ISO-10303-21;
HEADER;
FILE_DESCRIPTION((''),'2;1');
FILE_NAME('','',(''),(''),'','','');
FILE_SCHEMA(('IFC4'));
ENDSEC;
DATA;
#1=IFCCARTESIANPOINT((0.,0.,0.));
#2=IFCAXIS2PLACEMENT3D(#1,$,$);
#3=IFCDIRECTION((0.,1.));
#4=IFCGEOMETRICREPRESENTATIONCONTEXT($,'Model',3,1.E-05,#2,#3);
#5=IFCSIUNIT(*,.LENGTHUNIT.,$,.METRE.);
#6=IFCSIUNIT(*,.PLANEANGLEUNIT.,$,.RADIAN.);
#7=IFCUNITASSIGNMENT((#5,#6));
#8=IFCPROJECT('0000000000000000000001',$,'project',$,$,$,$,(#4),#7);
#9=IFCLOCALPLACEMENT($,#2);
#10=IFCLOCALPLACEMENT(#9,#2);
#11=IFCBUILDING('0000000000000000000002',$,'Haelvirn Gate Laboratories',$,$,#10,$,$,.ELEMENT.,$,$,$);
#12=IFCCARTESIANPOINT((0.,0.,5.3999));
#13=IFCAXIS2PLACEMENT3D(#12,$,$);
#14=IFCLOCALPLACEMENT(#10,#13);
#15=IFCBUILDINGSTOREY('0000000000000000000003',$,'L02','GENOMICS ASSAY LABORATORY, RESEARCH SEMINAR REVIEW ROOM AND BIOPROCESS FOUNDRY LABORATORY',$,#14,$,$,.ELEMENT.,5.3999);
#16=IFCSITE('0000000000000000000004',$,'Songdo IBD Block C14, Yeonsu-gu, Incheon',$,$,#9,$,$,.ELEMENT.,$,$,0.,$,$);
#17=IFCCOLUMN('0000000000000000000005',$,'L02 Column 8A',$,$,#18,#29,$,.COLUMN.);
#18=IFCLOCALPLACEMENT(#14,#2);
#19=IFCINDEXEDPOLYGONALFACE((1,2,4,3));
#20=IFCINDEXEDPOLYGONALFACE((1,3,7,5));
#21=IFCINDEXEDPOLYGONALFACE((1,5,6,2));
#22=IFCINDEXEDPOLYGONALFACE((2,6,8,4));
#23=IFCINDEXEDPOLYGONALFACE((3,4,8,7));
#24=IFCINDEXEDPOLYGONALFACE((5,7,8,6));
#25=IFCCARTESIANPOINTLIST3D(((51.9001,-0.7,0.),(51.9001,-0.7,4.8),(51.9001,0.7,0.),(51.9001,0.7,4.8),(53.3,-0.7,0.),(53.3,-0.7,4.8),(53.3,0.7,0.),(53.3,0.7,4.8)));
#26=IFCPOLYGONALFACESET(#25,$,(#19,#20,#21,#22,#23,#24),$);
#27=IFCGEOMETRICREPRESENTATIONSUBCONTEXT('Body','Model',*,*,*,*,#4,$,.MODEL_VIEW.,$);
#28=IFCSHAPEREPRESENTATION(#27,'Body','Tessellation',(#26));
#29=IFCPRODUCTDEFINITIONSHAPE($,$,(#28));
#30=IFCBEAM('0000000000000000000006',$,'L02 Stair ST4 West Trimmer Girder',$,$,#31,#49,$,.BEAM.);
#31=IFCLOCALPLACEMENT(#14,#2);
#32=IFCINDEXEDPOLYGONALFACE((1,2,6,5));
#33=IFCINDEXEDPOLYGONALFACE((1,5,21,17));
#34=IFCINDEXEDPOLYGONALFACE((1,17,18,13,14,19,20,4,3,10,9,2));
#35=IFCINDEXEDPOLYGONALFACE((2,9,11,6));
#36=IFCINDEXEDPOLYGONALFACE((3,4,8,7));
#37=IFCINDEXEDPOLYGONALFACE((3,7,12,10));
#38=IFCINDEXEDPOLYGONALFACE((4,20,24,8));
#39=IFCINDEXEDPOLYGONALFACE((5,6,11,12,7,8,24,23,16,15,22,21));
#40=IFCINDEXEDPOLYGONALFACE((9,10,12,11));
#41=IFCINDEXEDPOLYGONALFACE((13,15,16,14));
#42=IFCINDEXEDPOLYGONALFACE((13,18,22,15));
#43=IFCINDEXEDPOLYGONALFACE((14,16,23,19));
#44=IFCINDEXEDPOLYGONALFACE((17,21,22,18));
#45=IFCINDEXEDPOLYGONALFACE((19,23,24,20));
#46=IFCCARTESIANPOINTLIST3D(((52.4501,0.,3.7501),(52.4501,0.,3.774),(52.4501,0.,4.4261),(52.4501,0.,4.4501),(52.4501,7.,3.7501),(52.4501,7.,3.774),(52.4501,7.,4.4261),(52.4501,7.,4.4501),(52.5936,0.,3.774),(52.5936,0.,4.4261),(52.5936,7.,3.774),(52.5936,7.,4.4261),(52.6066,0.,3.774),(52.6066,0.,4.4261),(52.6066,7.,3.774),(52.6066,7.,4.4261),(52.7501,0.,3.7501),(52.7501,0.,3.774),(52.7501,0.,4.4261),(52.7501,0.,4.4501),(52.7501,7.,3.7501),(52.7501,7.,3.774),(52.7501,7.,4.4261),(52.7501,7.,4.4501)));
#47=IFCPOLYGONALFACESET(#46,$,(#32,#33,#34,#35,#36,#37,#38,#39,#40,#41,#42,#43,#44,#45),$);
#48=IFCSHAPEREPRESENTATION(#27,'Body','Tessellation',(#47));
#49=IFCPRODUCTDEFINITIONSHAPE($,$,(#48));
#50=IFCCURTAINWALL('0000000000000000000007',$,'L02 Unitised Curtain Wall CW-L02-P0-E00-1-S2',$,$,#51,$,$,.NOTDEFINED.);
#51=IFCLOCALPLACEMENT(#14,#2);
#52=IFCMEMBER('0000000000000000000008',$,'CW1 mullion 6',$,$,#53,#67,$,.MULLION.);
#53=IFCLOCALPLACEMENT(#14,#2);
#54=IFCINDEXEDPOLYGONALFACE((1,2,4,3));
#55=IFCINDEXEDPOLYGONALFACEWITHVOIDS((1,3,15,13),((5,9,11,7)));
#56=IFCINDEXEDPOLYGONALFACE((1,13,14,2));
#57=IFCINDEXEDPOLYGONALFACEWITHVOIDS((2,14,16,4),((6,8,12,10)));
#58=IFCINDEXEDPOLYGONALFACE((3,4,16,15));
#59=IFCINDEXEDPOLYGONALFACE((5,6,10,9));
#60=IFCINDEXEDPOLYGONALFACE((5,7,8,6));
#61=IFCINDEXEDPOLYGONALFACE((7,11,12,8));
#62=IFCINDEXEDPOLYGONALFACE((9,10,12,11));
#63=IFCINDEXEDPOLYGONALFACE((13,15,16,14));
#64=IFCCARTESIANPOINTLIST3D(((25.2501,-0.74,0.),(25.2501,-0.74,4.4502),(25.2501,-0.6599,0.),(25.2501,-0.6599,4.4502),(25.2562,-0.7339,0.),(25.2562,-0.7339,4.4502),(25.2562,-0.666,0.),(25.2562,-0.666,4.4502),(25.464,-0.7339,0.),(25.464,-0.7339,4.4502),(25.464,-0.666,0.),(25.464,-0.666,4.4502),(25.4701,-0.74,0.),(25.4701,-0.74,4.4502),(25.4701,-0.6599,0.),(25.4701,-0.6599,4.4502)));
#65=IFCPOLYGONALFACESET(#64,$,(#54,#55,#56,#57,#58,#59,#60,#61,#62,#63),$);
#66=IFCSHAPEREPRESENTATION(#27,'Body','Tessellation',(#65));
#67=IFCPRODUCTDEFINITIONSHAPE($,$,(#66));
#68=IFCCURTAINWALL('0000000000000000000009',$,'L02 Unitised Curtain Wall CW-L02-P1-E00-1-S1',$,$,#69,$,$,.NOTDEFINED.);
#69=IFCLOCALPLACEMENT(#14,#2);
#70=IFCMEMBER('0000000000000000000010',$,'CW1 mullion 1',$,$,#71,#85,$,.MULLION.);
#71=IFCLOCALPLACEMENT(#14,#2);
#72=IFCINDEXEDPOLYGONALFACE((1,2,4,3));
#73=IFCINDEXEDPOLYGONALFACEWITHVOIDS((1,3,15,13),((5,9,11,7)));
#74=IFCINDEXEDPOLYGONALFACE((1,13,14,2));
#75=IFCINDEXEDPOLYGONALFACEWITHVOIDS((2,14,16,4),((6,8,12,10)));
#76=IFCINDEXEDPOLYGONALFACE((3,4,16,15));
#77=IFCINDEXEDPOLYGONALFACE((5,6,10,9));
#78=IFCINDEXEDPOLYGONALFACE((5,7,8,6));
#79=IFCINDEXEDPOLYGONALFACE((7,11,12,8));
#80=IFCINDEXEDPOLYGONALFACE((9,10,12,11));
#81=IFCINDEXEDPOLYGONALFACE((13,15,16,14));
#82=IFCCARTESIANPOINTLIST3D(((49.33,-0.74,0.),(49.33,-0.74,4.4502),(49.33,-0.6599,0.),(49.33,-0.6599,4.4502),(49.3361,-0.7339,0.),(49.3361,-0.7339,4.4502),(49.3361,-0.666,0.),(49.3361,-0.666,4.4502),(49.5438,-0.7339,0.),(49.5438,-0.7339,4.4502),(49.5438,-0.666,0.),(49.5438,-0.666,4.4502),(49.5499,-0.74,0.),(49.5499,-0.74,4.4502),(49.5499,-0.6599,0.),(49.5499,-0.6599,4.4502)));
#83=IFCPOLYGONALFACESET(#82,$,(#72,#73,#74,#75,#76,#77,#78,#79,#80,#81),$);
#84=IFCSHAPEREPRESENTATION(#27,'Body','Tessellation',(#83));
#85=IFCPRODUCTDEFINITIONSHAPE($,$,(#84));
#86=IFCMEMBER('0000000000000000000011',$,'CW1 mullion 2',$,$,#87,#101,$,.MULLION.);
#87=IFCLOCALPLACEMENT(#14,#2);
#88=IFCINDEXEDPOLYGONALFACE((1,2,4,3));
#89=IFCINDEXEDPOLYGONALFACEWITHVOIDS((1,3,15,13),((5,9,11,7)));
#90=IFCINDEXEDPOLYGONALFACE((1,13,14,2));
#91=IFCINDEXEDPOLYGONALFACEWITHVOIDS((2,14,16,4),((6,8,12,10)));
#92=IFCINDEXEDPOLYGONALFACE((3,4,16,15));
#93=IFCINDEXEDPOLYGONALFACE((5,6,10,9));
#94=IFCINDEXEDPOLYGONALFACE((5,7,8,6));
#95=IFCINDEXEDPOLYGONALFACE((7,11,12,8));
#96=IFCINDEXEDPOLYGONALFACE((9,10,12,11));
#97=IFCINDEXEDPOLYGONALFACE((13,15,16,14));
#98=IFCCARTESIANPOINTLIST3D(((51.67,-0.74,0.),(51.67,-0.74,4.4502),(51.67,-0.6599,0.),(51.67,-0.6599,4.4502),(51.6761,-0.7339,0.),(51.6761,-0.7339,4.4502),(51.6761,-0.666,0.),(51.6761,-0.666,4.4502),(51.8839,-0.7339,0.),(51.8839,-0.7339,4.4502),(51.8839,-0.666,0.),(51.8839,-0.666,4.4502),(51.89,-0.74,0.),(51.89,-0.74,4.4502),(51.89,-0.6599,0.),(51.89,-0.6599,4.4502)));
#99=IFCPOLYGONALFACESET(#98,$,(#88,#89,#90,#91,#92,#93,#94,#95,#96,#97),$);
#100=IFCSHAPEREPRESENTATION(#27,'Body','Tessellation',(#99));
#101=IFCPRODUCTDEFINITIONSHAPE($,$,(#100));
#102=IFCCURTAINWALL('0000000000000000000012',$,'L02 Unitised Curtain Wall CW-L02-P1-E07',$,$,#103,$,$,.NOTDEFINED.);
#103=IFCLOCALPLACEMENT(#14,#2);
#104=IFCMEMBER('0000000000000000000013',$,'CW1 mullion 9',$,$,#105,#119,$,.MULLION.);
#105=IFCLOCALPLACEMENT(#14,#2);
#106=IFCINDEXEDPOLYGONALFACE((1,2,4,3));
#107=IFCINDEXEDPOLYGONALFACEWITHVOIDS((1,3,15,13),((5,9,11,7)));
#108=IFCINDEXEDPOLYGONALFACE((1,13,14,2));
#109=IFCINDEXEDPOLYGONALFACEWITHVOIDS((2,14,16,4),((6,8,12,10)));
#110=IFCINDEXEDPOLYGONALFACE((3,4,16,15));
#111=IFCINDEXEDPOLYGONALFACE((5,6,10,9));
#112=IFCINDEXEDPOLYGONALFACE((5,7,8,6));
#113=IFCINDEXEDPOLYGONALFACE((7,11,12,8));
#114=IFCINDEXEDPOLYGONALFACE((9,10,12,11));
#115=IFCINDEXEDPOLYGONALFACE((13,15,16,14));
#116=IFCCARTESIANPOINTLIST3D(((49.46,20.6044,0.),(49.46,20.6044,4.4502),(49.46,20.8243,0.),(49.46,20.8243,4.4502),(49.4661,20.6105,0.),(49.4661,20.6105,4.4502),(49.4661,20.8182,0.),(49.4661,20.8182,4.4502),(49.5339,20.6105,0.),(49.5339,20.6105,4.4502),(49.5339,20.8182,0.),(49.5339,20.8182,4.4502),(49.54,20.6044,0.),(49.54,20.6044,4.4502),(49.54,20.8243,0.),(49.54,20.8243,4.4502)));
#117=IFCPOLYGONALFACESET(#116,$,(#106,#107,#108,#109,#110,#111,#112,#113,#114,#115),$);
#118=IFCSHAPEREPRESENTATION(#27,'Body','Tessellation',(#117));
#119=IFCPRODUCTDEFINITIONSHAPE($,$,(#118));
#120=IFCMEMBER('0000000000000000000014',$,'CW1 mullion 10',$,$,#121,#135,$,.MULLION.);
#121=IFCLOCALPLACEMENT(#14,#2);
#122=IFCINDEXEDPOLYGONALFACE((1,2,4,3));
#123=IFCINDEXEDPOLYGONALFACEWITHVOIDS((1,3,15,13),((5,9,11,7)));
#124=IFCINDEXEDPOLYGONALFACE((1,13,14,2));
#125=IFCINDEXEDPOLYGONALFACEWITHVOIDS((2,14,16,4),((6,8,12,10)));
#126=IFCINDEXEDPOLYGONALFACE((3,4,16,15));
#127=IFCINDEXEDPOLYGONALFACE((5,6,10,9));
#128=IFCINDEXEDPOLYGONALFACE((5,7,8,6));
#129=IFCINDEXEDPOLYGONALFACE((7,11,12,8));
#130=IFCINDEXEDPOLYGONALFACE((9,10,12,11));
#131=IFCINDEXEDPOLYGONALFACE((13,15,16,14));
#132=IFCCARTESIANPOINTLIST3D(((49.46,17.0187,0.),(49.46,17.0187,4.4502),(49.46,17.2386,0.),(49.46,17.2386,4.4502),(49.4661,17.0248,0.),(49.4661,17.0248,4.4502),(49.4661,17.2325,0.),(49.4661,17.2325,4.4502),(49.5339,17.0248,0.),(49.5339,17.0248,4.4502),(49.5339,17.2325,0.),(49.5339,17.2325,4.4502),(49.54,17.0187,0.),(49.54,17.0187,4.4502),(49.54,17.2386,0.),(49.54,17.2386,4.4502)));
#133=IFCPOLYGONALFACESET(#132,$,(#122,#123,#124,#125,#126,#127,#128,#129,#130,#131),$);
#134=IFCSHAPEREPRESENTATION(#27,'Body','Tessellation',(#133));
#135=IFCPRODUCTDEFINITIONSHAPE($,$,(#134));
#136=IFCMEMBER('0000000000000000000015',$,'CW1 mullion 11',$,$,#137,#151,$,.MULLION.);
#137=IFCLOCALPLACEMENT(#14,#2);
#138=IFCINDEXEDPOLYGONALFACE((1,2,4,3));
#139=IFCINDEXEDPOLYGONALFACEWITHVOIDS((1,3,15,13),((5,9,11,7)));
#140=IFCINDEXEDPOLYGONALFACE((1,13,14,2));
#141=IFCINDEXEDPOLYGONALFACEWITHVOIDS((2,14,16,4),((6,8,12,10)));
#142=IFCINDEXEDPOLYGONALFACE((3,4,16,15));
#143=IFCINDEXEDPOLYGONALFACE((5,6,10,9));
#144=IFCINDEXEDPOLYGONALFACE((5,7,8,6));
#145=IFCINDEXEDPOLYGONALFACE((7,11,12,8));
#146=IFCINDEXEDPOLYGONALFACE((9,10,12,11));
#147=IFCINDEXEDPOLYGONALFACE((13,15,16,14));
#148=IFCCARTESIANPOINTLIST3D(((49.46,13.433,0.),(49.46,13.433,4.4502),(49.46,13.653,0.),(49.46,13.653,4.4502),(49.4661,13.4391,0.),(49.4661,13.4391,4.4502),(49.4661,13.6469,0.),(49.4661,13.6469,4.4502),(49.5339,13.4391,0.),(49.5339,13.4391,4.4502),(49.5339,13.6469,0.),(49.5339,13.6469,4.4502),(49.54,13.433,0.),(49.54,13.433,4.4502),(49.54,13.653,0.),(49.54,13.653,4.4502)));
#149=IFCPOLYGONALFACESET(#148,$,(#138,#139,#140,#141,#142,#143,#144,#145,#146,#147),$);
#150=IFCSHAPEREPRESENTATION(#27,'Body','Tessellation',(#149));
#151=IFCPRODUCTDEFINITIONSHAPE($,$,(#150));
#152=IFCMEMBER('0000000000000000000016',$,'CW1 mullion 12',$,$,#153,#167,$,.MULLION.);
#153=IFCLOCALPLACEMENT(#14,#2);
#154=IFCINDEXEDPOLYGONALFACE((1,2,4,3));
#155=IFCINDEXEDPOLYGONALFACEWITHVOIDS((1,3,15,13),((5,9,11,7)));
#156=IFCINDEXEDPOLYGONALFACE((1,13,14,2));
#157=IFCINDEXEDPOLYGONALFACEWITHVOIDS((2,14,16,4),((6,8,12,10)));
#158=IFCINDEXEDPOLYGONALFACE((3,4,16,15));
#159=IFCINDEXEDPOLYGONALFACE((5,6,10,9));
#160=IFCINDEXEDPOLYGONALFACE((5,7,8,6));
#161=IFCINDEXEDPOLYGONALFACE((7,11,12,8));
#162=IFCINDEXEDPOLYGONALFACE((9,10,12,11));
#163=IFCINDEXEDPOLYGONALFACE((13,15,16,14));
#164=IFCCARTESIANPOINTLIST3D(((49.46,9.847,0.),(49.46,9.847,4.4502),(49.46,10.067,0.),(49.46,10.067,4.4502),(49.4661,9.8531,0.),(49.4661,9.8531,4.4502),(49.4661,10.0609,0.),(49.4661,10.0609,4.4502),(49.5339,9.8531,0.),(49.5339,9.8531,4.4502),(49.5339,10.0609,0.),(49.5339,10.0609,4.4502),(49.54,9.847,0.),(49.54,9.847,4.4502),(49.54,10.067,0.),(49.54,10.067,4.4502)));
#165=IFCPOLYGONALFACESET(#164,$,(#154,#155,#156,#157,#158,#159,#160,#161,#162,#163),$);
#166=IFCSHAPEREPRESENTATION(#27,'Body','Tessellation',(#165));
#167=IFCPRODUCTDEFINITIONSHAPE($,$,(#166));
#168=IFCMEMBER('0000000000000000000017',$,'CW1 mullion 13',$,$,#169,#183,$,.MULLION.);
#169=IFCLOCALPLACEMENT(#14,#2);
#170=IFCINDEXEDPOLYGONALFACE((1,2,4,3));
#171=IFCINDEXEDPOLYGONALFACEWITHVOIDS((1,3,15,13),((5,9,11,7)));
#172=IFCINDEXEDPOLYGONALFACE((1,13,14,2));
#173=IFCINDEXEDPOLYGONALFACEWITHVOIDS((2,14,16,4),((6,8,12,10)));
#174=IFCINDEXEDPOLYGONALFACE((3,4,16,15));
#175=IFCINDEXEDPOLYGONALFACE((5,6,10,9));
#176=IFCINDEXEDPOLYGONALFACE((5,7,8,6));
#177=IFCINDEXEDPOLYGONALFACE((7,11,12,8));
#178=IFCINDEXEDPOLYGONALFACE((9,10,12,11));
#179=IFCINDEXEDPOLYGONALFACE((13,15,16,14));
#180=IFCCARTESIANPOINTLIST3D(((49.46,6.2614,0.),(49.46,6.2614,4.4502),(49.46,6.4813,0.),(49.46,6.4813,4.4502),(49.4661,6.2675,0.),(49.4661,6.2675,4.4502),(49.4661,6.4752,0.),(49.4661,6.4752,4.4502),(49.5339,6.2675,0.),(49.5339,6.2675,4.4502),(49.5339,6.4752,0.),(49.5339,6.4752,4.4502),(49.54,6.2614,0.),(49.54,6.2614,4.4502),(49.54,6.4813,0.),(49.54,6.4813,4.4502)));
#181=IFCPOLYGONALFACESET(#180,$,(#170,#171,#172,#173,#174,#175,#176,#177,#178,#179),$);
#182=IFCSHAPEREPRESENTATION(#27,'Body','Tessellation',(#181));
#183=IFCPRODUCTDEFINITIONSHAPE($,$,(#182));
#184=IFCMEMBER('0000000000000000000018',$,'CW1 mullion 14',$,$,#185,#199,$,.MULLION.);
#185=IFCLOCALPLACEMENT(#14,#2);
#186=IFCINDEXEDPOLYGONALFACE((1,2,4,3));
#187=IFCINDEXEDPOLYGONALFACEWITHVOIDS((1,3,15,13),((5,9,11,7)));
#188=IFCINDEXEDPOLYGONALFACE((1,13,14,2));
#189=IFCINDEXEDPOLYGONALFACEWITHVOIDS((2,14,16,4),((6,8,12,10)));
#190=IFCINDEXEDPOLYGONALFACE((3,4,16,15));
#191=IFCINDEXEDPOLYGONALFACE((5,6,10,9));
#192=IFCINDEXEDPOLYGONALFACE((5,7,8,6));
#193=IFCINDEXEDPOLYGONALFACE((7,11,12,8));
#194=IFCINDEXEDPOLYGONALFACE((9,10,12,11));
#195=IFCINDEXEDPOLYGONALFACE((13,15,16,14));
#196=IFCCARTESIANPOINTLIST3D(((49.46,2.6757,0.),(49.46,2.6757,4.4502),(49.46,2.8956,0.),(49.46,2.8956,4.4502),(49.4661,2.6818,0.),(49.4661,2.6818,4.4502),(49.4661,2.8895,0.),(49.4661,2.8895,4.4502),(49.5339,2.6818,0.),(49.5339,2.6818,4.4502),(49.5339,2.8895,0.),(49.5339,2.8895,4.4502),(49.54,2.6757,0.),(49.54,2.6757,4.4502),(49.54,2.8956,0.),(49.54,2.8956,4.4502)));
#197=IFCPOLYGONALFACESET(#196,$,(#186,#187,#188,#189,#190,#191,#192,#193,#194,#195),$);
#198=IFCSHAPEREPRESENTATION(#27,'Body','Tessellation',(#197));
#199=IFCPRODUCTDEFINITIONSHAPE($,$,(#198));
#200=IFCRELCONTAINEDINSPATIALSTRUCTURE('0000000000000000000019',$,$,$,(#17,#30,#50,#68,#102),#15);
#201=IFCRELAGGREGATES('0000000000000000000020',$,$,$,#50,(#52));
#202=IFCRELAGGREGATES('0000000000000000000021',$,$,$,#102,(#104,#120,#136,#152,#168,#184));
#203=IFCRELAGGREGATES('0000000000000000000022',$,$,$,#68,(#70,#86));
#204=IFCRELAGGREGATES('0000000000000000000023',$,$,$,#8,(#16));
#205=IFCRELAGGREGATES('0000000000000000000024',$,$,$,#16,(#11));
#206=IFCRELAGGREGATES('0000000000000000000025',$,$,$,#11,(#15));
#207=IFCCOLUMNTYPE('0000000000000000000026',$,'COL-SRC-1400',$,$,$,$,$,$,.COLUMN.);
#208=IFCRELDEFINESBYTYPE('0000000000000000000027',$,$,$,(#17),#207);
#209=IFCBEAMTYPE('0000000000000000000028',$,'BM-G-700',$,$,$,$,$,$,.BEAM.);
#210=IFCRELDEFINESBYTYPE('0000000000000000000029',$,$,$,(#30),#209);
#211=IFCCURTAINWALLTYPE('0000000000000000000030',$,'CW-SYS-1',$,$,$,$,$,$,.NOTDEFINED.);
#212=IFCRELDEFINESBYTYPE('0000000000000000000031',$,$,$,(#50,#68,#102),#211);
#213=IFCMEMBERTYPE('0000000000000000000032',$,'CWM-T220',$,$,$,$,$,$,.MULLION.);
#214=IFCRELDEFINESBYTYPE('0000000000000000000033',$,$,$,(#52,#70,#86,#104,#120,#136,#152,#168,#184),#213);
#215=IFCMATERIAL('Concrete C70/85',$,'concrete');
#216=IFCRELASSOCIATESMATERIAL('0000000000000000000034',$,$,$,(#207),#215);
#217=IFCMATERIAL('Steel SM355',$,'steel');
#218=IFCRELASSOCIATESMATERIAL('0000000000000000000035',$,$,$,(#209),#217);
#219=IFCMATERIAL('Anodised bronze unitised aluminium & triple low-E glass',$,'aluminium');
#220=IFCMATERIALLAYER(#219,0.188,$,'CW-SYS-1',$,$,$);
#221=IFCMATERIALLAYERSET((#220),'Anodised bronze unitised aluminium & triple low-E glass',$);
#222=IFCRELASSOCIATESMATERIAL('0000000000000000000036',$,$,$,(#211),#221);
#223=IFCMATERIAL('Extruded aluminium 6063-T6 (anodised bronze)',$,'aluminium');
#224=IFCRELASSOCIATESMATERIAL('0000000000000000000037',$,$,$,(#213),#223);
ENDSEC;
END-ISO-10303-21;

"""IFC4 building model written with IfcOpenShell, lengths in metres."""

from ifc_helpers import new_model, si_unit, direction, frame, origin, origin_2d, place, context, subcontext, project, spatial, rectangle, hollow_rectangle, i_section, extrude, source, transform, mapped, material, layer, layer_set, material_profile, profile_set, type_object, type_shapes, element, aggregate, save


model = new_model("IFC4")

# Units and contexts
model_context = context("Model", 3, precision=1e-05, world=origin(), true_north=direction((0.0, 1.0)))
body_context = subcontext(model_context, "Body", "Model", "MODEL_VIEW")
ifc_project = project(units=[si_unit("LENGTHUNIT", "METRE"), si_unit("PLANEANGLEUNIT", "RADIAN")], contexts=[model_context])

# Site, building, storey
site_placement = place(None, origin())
site = spatial("IfcSite", under=ifc_project, at=site_placement, Name="Songdo IBD Block C14, Yeonsu-gu, Incheon", CompositionType="ELEMENT", RefElevation=0.0)
building_placement = place(site_placement, origin())
building = spatial("IfcBuilding", under=site, at=building_placement, Name="Haelvirn Gate Laboratories", CompositionType="ELEMENT")
storey_placement = place(building_placement, frame((0.0, 0.0, 5.3999)))
storey = spatial("IfcBuildingStorey", under=building, at=storey_placement, Name="L02", Description="GENOMICS ASSAY LABORATORY, RESEARCH SEMINAR REVIEW ROOM AND BIOPROCESS FOUNDRY LABORATORY", CompositionType="ELEMENT", Elevation=5.3999)

# Column
ifc_material_1 = material(Name="Concrete C70/85", Category="concrete")
ifc_material_profile_1 = material_profile(ifc_material_1, rectangle(XDim=1.3999, YDim=1.3999, at=origin_2d()), Name="SRC-1400x1400")
ifc_profile_set_1 = profile_set([ifc_material_profile_1], Name="Concrete C70/85")
column_type = type_object("IfcColumnType", Name="COL-SRC-1400", PredefinedType="COLUMN", material=ifc_profile_set_1)
shared_shape_1 = source(origin(), body_context, "Body", "SweptSolid", [
    extrude(rectangle(XDim=1.3999, YDim=1.3999, at=origin_2d()), origin(), (0.0, 0.0, 1.0), 4.8),
])
type_shapes(column_type, [shared_shape_1])
column_placement = place(storey_placement, frame((52.6001, 0.0, 0.0), z_axis=(0.0, 0.0, 1.0), x_axis=(1.0, 0.0, 0.0)))
element("IfcColumn", 1, at=column_placement, inside=storey, type_object=column_type, Name="L02 Column 8A", PredefinedType="COLUMN", context=body_context, shape_type="MappedRepresentation", body=[
    mapped(shared_shape_1, transform((0.0, 0.0, 0.0), scale=1.0)),
])

# Beam
ifc_material_2 = material(Name="Steel SM355", Category="steel")
ifc_material_profile_2 = material_profile(ifc_material_2, i_section(OverallWidth=0.3, OverallDepth=0.7, WebThickness=0.0129, FlangeThickness=0.0239, at=origin_2d()), Name="H-700x300x13x24")
ifc_profile_set_2 = profile_set([ifc_material_profile_2], Name="Steel SM355")
beam_type = type_object("IfcBeamType", Name="BM-G-700", PredefinedType="BEAM", material=ifc_profile_set_2)
shared_shape_2 = source(origin(), body_context, "Body", "SweptSolid", [
    extrude(i_section(OverallWidth=0.3, OverallDepth=0.7, WebThickness=0.0129, FlangeThickness=0.0239, at=origin_2d()), origin(), (0.0, 0.0, 1.0), 7.0),
])
type_shapes(beam_type, [shared_shape_2])
beam_placement = place(storey_placement, frame((52.6001, 0.0, 4.1001), z_axis=(0.0, 1.0, 0.0), x_axis=(-1.0, 0.0, 0.0)))
element("IfcBeam", 2, at=beam_placement, inside=storey, type_object=beam_type, Name="L02 Stair ST4 West Trimmer Girder", PredefinedType="BEAM", context=body_context, shape_type="MappedRepresentation", body=[
    mapped(shared_shape_2, transform((0.0, 0.0, 0.0), scale=1.0)),
])

# Curtain wall, member
ifc_material_3 = material(Name="Anodised bronze unitised aluminium & triple low-E glass", Category="aluminium")
ifc_layer_1 = layer(ifc_material_3, 0.188, Name="CW-SYS-1")
ifc_layer_set_1 = layer_set([ifc_layer_1], Name="Anodised bronze unitised aluminium & triple low-E glass")
curtain_wall_type = type_object("IfcCurtainWallType", Name="CW-SYS-1", PredefinedType="NOTDEFINED", material=ifc_layer_set_1)
curtain_wall_1_placement = place(storey_placement, origin())
curtain_wall_1 = element("IfcCurtainWall", 3, at=curtain_wall_1_placement, inside=storey, type_object=curtain_wall_type, Name="L02 Unitised Curtain Wall CW-L02-P0-E00-1-S2", PredefinedType="NOTDEFINED")
ifc_material_4 = material(Name="Extruded aluminium 6063-T6 (anodised bronze)", Category="aluminium")
ifc_material_profile_3 = material_profile(ifc_material_4, hollow_rectangle(XDim=0.0801, YDim=0.22, WallThickness=0.0061, at=origin_2d()), Name="CWM-220x80x6")
ifc_profile_set_3 = profile_set([ifc_material_profile_3], Name="Extruded aluminium 6063-T6 (anodised bronze)")
member_type_1 = type_object("IfcMemberType", Name="CWM-T220", PredefinedType="MULLION", material=ifc_profile_set_3)
shared_shape_3 = source(origin(), body_context, "Body", "SweptSolid", [
    extrude(hollow_rectangle(XDim=0.0801, YDim=0.22, WallThickness=0.0061, at=origin_2d()), origin(), (0.0, 0.0, 1.0), 4.4502),
])
type_shapes(member_type_1, [shared_shape_3])
member_1_placement = place(storey_placement, frame((25.3601, -0.7, 0.0), z_axis=(0.0, 0.0, 1.0), x_axis=(0.0, 1.0, 0.0)))
member_1 = element("IfcMember", 4, at=member_1_placement, type_object=member_type_1, Name="CW1 mullion 6", PredefinedType="MULLION", context=body_context, shape_type="MappedRepresentation", body=[
    mapped(shared_shape_3, transform((0.0, 0.0, 0.0), scale=1.0)),
])
aggregate(curtain_wall_1, [member_1])

# Curtain walls, members
curtain_wall_2_placement = place(storey_placement, origin())
curtain_wall_2 = element("IfcCurtainWall", 5, at=curtain_wall_2_placement, inside=storey, type_object=curtain_wall_type, Name="L02 Unitised Curtain Wall CW-L02-P1-E00-1-S1", PredefinedType="NOTDEFINED")
member_2_placement = place(storey_placement, frame((49.4399, -0.7, 0.0), z_axis=(0.0, 0.0, 1.0), x_axis=(0.0, 1.0, 0.0)))
member_2 = element("IfcMember", 6, at=member_2_placement, type_object=member_type_1, Name="CW1 mullion 1", PredefinedType="MULLION", context=body_context, shape_type="MappedRepresentation", body=[
    mapped(shared_shape_3, transform((0.0, 0.0, 0.0), scale=1.0)),
])
member_3_placement = place(storey_placement, frame((51.78, -0.7, 0.0), z_axis=(0.0, 0.0, 1.0), x_axis=(0.0, 1.0, 0.0)))
member_3 = element("IfcMember", 7, at=member_3_placement, type_object=member_type_1, Name="CW1 mullion 2", PredefinedType="MULLION", context=body_context, shape_type="MappedRepresentation", body=[
    mapped(shared_shape_3, transform((0.0, 0.0, 0.0), scale=1.0)),
])
curtain_wall_3_placement = place(storey_placement, origin())
curtain_wall_3 = element("IfcCurtainWall", 8, at=curtain_wall_3_placement, inside=storey, type_object=curtain_wall_type, Name="L02 Unitised Curtain Wall CW-L02-P1-E07", PredefinedType="NOTDEFINED")
member_4_placement = place(storey_placement, frame((49.5, 20.7144, 0.0), z_axis=(0.0, 0.0, 1.0), x_axis=(1.0, 0.0, 0.0)))
member_4 = element("IfcMember", 9, at=member_4_placement, type_object=member_type_1, Name="CW1 mullion 9", PredefinedType="MULLION", context=body_context, shape_type="MappedRepresentation", body=[
    mapped(shared_shape_3, transform((0.0, 0.0, 0.0), scale=1.0)),
])
member_5_placement = place(storey_placement, frame((49.5, 17.1287, 0.0), z_axis=(0.0, 0.0, 1.0), x_axis=(1.0, 0.0, 0.0)))
member_5 = element("IfcMember", 10, at=member_5_placement, type_object=member_type_1, Name="CW1 mullion 10", PredefinedType="MULLION", context=body_context, shape_type="MappedRepresentation", body=[
    mapped(shared_shape_3, transform((0.0, 0.0, 0.0), scale=1.0)),
])
member_6_placement = place(storey_placement, frame((49.5, 13.543, 0.0), z_axis=(0.0, 0.0, 1.0), x_axis=(1.0, 0.0, 0.0)))
member_6 = element("IfcMember", 11, at=member_6_placement, type_object=member_type_1, Name="CW1 mullion 11", PredefinedType="MULLION", context=body_context, shape_type="MappedRepresentation", body=[
    mapped(shared_shape_3, transform((0.0, 0.0, 0.0), scale=1.0)),
])
member_7_placement = place(storey_placement, frame((49.5, 9.957, 0.0), z_axis=(0.0, 0.0, 1.0), x_axis=(1.0, 0.0, 0.0)))
member_7 = element("IfcMember", 12, at=member_7_placement, type_object=member_type_1, Name="CW1 mullion 12", PredefinedType="MULLION", context=body_context, shape_type="MappedRepresentation", body=[
    mapped(shared_shape_3, transform((0.0, 0.0, 0.0), scale=1.0)),
])
member_8_placement = place(storey_placement, frame((49.5, 6.3713, 0.0), z_axis=(0.0, 0.0, 1.0), x_axis=(1.0, 0.0, 0.0)))
member_8 = element("IfcMember", 13, at=member_8_placement, type_object=member_type_1, Name="CW1 mullion 13", PredefinedType="MULLION", context=body_context, shape_type="MappedRepresentation", body=[
    mapped(shared_shape_3, transform((0.0, 0.0, 0.0), scale=1.0)),
])
member_9_placement = place(storey_placement, frame((49.5, 2.7856, 0.0), z_axis=(0.0, 0.0, 1.0), x_axis=(1.0, 0.0, 0.0)))
member_9 = element("IfcMember", 14, at=member_9_placement, type_object=member_type_1, Name="CW1 mullion 14", PredefinedType="MULLION", context=body_context, shape_type="MappedRepresentation", body=[
    mapped(shared_shape_3, transform((0.0, 0.0, 0.0), scale=1.0)),
])

aggregate(curtain_wall_3, [member_4, member_5, member_6, member_7, member_8, member_9])
aggregate(curtain_wall_2, [member_2, member_3])

save(model, "model.ifc")
